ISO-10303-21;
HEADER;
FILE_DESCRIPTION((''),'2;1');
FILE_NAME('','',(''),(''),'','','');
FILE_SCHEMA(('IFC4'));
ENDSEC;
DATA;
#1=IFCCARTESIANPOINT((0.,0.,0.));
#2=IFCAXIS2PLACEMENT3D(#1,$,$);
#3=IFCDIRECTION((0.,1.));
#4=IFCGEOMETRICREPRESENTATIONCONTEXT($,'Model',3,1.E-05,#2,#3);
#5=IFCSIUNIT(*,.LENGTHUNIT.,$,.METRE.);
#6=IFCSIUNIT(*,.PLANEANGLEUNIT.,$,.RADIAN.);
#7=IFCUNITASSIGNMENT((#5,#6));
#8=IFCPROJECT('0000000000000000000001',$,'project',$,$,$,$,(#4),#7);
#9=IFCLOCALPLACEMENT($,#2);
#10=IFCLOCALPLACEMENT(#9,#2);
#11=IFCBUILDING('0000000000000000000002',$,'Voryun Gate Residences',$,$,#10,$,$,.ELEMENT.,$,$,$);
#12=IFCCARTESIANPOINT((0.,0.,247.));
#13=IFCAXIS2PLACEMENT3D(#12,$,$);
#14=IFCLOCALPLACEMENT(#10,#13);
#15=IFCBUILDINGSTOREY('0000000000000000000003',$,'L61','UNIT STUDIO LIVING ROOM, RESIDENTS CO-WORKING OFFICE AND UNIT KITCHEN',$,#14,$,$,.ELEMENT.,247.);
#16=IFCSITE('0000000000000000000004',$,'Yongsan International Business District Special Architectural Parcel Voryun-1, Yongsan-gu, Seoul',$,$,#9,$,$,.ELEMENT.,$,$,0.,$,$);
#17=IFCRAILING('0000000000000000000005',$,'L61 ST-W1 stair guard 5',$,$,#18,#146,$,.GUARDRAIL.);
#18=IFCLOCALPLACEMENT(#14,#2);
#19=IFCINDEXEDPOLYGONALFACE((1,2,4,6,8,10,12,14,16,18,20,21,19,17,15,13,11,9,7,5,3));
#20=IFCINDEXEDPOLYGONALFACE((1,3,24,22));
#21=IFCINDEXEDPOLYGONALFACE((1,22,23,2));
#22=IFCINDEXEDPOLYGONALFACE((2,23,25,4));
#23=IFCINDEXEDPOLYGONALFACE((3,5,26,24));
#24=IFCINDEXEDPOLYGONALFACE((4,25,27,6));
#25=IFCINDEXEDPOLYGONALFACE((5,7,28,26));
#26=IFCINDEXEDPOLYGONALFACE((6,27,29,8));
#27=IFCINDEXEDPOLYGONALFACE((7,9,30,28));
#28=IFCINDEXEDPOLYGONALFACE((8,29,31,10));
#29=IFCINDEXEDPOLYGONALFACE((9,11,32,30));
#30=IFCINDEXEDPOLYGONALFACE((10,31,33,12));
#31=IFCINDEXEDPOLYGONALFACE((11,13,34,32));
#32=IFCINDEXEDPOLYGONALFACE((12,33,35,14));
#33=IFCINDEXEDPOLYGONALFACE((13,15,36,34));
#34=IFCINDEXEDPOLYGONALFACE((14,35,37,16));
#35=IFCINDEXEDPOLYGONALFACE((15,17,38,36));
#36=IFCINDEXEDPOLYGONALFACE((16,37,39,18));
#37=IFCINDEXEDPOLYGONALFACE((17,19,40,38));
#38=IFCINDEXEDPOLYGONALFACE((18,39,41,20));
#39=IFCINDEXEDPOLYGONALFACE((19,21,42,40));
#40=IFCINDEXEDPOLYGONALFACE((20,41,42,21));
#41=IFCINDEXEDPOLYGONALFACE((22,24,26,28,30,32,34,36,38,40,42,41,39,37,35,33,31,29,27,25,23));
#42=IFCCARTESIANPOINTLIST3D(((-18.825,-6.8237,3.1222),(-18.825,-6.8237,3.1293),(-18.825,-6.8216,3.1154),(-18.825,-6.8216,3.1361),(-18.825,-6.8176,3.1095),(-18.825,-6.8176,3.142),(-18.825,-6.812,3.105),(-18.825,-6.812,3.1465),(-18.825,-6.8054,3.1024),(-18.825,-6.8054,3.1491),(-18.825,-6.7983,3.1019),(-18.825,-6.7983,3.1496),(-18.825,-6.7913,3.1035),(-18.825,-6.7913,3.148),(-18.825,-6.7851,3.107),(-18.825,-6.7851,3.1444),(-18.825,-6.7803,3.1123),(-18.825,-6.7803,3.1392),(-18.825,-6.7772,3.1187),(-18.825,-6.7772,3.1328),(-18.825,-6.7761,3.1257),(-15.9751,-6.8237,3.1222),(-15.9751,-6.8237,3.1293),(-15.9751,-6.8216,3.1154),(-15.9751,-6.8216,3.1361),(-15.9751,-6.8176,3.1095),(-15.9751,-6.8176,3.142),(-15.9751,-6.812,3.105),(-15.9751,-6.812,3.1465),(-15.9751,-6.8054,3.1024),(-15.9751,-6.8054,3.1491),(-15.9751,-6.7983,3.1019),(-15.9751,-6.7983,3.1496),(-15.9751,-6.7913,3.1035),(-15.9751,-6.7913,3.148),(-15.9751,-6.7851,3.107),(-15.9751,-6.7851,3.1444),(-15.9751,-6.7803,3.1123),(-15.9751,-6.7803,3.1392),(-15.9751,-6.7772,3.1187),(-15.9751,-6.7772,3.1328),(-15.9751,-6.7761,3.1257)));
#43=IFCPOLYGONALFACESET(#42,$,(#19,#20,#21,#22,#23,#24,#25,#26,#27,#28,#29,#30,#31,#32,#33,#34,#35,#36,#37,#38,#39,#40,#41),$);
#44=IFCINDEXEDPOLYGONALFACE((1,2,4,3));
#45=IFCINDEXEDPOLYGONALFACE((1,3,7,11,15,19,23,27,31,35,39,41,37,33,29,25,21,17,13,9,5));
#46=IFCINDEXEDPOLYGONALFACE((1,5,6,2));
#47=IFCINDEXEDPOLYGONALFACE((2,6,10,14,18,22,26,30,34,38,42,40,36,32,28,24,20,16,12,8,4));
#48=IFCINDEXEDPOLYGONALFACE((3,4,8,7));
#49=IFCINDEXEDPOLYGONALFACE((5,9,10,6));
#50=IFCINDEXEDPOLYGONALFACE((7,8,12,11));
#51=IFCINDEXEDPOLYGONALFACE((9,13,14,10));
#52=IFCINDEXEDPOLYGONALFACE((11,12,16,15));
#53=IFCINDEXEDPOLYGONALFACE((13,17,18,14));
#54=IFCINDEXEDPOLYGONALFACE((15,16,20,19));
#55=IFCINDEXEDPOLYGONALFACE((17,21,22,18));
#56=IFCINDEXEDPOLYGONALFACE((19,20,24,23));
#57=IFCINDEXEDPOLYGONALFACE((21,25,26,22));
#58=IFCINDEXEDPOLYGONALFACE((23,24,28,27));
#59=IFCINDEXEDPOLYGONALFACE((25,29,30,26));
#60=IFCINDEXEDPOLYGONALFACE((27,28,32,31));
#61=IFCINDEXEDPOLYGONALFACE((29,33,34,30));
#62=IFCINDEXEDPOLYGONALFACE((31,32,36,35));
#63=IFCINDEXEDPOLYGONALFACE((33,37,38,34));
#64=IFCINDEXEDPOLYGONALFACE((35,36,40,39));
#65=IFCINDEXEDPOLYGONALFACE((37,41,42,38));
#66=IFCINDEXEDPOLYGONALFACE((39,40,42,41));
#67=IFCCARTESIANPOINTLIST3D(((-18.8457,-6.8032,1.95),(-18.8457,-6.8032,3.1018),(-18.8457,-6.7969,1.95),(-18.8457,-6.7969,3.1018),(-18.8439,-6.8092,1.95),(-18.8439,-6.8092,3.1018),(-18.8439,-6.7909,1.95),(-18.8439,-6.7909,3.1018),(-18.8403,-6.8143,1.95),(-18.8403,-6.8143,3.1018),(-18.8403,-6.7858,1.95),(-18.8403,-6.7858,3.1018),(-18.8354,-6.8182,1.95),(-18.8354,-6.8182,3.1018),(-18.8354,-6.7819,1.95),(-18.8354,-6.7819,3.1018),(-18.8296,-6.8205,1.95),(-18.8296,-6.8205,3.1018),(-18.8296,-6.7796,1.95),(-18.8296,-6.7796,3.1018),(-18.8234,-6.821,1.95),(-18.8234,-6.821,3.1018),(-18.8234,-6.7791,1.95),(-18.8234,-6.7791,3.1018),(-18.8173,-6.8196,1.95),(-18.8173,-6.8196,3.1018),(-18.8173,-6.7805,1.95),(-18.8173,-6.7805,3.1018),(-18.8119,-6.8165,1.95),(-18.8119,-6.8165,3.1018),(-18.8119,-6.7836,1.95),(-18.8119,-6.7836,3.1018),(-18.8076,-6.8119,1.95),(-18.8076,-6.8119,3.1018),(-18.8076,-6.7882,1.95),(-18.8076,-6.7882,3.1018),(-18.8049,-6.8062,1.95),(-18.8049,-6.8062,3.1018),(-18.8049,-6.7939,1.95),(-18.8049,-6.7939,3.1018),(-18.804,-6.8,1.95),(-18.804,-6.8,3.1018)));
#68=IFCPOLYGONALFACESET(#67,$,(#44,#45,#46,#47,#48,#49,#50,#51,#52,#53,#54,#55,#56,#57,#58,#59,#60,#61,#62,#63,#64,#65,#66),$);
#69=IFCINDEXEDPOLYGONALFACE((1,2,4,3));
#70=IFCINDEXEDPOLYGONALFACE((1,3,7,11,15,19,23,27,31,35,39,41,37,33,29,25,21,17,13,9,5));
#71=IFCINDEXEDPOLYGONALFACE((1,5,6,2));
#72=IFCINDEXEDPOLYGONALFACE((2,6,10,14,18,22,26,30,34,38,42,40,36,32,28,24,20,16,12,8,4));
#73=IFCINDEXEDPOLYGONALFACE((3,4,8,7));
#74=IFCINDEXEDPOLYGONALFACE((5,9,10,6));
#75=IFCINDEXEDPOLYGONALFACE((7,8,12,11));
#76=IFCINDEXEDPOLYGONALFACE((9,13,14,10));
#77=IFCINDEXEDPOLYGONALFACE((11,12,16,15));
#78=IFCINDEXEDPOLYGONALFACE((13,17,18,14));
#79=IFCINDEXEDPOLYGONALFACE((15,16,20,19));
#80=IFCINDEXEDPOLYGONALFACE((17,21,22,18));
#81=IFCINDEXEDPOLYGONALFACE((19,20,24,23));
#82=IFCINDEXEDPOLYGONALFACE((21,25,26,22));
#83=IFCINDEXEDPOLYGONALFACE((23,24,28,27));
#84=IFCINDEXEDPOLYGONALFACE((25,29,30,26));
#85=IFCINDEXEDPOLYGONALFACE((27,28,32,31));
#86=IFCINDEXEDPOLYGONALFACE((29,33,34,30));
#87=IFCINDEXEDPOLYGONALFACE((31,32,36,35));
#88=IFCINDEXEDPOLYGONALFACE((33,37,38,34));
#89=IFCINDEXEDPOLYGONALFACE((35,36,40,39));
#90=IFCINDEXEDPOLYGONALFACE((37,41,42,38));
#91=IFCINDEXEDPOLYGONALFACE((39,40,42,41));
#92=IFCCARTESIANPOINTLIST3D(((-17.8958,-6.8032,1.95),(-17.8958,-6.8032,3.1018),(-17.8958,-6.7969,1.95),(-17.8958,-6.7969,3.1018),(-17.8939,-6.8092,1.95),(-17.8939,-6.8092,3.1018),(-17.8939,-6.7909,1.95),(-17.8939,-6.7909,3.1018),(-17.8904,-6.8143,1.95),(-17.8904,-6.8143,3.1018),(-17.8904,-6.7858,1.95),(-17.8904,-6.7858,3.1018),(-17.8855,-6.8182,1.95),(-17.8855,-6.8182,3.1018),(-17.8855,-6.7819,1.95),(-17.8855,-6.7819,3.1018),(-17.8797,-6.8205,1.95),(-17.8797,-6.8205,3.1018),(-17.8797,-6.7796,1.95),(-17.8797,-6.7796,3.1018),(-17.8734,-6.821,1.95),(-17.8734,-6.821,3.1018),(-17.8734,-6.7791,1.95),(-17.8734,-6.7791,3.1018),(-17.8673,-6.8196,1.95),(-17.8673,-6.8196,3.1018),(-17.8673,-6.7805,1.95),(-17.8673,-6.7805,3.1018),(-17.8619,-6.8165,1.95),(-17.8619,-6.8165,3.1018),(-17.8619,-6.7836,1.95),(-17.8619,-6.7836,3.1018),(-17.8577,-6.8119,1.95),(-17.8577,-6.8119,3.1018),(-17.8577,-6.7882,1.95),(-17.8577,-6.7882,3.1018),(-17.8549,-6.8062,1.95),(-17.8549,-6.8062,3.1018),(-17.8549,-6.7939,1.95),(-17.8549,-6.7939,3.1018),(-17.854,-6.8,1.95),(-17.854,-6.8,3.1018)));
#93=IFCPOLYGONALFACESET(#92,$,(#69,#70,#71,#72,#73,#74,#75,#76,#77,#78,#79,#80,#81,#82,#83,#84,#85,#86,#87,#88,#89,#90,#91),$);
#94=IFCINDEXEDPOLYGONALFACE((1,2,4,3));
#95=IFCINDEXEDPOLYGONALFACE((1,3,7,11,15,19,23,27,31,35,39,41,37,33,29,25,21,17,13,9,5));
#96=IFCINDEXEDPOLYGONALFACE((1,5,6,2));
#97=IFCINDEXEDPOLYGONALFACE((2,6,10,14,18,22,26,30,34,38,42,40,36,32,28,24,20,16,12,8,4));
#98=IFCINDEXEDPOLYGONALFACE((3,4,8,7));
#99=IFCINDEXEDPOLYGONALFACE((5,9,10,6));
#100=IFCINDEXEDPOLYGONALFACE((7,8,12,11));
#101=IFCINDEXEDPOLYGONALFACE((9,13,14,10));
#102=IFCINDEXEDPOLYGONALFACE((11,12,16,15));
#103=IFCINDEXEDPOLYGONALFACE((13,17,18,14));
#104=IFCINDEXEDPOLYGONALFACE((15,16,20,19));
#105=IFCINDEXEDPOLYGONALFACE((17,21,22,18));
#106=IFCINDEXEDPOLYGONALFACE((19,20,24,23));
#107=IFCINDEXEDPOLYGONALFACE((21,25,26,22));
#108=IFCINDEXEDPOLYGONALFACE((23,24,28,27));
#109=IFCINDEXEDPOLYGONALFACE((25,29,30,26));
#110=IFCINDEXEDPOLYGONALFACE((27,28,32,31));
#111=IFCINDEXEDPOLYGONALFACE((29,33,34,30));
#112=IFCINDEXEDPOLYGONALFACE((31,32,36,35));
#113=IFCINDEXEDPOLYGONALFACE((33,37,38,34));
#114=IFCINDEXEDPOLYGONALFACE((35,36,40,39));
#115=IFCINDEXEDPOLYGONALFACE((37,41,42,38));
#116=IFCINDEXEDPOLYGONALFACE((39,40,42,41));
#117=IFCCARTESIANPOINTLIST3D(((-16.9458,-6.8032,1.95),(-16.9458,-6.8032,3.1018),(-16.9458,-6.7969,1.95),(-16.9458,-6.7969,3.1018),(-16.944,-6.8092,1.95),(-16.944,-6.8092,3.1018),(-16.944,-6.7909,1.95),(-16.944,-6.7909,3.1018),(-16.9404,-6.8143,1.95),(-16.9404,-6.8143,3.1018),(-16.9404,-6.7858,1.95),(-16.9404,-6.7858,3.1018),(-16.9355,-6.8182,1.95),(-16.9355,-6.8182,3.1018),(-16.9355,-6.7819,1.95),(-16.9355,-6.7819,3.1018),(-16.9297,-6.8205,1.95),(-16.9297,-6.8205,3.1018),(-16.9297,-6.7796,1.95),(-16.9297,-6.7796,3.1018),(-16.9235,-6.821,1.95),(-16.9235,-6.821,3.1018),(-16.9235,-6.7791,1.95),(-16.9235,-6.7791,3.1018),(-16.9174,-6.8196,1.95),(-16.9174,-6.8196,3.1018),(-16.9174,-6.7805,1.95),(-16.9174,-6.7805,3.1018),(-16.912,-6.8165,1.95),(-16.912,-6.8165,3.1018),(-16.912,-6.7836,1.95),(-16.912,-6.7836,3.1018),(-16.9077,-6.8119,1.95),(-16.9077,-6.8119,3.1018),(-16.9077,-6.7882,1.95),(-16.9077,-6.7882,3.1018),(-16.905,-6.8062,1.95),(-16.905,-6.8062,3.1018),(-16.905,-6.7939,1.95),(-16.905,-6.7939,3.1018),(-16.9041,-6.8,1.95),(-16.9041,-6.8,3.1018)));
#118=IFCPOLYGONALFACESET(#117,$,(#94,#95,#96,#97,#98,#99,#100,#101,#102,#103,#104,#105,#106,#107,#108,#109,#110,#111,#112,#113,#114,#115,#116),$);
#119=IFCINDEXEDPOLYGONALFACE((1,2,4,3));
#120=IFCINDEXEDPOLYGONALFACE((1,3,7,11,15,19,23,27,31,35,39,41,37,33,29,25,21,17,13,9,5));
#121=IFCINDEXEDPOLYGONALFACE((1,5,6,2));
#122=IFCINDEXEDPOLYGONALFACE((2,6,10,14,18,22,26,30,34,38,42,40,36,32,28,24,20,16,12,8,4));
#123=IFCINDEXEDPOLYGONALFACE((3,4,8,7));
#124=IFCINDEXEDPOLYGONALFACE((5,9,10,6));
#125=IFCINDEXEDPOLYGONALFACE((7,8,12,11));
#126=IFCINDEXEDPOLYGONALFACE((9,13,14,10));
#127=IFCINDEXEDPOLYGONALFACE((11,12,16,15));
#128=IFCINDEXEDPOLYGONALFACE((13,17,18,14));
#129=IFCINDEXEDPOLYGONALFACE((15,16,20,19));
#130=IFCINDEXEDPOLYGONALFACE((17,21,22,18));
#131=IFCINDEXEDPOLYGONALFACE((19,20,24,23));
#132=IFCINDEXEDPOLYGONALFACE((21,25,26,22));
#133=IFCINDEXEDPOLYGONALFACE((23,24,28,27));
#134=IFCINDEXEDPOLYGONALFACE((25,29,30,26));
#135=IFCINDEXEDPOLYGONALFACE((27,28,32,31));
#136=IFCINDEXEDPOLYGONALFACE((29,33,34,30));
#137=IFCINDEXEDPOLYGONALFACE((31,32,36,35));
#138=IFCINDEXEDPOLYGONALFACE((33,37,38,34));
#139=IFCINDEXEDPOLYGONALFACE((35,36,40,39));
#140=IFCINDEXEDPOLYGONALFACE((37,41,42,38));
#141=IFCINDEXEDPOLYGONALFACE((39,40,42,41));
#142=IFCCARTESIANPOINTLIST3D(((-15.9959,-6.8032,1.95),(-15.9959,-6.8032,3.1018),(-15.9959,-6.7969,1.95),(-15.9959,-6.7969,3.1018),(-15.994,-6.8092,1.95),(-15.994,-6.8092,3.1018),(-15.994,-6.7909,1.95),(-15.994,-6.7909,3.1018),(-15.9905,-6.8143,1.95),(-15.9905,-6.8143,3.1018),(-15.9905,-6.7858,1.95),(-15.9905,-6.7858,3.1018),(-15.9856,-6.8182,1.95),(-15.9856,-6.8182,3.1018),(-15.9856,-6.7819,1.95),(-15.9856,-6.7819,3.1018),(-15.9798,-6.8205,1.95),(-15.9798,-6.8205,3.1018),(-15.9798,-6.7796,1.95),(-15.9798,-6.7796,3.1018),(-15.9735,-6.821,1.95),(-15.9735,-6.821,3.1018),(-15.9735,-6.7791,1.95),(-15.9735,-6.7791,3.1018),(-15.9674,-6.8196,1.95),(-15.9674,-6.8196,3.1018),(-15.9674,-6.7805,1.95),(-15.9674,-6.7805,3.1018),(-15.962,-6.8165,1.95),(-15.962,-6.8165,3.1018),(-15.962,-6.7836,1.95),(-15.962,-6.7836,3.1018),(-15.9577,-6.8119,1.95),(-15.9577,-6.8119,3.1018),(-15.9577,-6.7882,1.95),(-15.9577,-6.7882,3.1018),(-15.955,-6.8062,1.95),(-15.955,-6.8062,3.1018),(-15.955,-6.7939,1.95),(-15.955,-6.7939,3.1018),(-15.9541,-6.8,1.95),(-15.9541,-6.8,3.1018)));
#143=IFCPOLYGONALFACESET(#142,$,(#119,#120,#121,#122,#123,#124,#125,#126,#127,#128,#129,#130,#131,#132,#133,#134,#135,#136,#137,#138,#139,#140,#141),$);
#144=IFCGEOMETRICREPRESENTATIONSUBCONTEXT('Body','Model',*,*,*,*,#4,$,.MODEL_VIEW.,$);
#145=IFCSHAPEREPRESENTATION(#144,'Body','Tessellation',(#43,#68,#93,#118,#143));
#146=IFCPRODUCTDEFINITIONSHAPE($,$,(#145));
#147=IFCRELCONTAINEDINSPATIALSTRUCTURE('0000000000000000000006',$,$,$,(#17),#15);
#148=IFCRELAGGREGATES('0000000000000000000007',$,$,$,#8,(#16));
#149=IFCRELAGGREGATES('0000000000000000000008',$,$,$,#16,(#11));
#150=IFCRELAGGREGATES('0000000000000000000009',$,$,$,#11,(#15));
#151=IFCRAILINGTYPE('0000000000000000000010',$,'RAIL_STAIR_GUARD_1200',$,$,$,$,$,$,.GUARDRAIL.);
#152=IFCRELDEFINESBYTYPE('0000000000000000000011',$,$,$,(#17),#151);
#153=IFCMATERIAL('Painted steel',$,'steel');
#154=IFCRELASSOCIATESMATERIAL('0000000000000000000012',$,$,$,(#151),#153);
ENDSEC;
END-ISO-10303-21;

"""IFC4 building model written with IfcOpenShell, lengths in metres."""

from ifc_helpers import new_model, si_unit, direction, frame, origin, origin_2d, place, context, subcontext, project, spatial, circle, extrude, material, type_object, element, save


model = new_model("IFC4")

# Units and contexts
model_context = context("Model", 3, precision=1e-05, world=origin(), true_north=direction((0.0, 1.0)))
body_context = subcontext(model_context, "Body", "Model", "MODEL_VIEW")
ifc_project = project(units=[si_unit("LENGTHUNIT", "METRE"), si_unit("PLANEANGLEUNIT", "RADIAN")], contexts=[model_context])

# Site, building, storey
site_placement = place(None, origin())
site = spatial("IfcSite", under=ifc_project, at=site_placement, Name="Yongsan International Business District Special Architectural Parcel Voryun-1, Yongsan-gu, Seoul", CompositionType="ELEMENT", RefElevation=0.0)
building_placement = place(site_placement, origin())
building = spatial("IfcBuilding", under=site, at=building_placement, Name="Voryun Gate Residences", CompositionType="ELEMENT")
storey_placement = place(building_placement, frame((0.0, 0.0, 247.0)))
storey = spatial("IfcBuildingStorey", under=building, at=storey_placement, Name="L61", Description="UNIT STUDIO LIVING ROOM, RESIDENTS CO-WORKING OFFICE AND UNIT KITCHEN", CompositionType="ELEMENT", Elevation=247.0)

# Railing
ifc_material_1 = material(Name="Painted steel", Category="steel")
railing_type_1 = type_object("IfcRailingType", Name="RAIL_STAIR_GUARD_1200", PredefinedType="GUARDRAIL", material=ifc_material_1)
railing_1_placement = place(storey_placement, frame((-18.825, -6.8, 1.95)))
element("IfcRailing", 1, at=railing_1_placement, inside=storey, type_object=railing_type_1, Name="L61 ST-W1 stair guard 5", PredefinedType="GUARDRAIL", context=body_context, shape_type="SweptSolid", body=[
    extrude(circle(Radius=0.0239, at=origin_2d()), frame((0.0, 0.0, 1.1758), z_axis=(1.0, 0.0, 0.0), x_axis=(0.0, 1.0, 0.0)), (0.0, 0.0, 1.0), 2.8499),
    extrude(circle(Radius=0.021, at=origin_2d()), origin(), (0.0, 0.0, 1.0), 1.1519),
    extrude(circle(Radius=0.021, at=origin_2d()), frame((0.95, 0.0, 0.0)), (0.0, 0.0, 1.0), 1.1519),
    extrude(circle(Radius=0.021, at=origin_2d()), frame((1.8999, 0.0, 0.0)), (0.0, 0.0, 1.0), 1.1519),
    extrude(circle(Radius=0.021, at=origin_2d()), frame((2.8499, 0.0, 0.0)), (0.0, 0.0, 1.0), 1.1519),
])

save(model, "model.ifc")
